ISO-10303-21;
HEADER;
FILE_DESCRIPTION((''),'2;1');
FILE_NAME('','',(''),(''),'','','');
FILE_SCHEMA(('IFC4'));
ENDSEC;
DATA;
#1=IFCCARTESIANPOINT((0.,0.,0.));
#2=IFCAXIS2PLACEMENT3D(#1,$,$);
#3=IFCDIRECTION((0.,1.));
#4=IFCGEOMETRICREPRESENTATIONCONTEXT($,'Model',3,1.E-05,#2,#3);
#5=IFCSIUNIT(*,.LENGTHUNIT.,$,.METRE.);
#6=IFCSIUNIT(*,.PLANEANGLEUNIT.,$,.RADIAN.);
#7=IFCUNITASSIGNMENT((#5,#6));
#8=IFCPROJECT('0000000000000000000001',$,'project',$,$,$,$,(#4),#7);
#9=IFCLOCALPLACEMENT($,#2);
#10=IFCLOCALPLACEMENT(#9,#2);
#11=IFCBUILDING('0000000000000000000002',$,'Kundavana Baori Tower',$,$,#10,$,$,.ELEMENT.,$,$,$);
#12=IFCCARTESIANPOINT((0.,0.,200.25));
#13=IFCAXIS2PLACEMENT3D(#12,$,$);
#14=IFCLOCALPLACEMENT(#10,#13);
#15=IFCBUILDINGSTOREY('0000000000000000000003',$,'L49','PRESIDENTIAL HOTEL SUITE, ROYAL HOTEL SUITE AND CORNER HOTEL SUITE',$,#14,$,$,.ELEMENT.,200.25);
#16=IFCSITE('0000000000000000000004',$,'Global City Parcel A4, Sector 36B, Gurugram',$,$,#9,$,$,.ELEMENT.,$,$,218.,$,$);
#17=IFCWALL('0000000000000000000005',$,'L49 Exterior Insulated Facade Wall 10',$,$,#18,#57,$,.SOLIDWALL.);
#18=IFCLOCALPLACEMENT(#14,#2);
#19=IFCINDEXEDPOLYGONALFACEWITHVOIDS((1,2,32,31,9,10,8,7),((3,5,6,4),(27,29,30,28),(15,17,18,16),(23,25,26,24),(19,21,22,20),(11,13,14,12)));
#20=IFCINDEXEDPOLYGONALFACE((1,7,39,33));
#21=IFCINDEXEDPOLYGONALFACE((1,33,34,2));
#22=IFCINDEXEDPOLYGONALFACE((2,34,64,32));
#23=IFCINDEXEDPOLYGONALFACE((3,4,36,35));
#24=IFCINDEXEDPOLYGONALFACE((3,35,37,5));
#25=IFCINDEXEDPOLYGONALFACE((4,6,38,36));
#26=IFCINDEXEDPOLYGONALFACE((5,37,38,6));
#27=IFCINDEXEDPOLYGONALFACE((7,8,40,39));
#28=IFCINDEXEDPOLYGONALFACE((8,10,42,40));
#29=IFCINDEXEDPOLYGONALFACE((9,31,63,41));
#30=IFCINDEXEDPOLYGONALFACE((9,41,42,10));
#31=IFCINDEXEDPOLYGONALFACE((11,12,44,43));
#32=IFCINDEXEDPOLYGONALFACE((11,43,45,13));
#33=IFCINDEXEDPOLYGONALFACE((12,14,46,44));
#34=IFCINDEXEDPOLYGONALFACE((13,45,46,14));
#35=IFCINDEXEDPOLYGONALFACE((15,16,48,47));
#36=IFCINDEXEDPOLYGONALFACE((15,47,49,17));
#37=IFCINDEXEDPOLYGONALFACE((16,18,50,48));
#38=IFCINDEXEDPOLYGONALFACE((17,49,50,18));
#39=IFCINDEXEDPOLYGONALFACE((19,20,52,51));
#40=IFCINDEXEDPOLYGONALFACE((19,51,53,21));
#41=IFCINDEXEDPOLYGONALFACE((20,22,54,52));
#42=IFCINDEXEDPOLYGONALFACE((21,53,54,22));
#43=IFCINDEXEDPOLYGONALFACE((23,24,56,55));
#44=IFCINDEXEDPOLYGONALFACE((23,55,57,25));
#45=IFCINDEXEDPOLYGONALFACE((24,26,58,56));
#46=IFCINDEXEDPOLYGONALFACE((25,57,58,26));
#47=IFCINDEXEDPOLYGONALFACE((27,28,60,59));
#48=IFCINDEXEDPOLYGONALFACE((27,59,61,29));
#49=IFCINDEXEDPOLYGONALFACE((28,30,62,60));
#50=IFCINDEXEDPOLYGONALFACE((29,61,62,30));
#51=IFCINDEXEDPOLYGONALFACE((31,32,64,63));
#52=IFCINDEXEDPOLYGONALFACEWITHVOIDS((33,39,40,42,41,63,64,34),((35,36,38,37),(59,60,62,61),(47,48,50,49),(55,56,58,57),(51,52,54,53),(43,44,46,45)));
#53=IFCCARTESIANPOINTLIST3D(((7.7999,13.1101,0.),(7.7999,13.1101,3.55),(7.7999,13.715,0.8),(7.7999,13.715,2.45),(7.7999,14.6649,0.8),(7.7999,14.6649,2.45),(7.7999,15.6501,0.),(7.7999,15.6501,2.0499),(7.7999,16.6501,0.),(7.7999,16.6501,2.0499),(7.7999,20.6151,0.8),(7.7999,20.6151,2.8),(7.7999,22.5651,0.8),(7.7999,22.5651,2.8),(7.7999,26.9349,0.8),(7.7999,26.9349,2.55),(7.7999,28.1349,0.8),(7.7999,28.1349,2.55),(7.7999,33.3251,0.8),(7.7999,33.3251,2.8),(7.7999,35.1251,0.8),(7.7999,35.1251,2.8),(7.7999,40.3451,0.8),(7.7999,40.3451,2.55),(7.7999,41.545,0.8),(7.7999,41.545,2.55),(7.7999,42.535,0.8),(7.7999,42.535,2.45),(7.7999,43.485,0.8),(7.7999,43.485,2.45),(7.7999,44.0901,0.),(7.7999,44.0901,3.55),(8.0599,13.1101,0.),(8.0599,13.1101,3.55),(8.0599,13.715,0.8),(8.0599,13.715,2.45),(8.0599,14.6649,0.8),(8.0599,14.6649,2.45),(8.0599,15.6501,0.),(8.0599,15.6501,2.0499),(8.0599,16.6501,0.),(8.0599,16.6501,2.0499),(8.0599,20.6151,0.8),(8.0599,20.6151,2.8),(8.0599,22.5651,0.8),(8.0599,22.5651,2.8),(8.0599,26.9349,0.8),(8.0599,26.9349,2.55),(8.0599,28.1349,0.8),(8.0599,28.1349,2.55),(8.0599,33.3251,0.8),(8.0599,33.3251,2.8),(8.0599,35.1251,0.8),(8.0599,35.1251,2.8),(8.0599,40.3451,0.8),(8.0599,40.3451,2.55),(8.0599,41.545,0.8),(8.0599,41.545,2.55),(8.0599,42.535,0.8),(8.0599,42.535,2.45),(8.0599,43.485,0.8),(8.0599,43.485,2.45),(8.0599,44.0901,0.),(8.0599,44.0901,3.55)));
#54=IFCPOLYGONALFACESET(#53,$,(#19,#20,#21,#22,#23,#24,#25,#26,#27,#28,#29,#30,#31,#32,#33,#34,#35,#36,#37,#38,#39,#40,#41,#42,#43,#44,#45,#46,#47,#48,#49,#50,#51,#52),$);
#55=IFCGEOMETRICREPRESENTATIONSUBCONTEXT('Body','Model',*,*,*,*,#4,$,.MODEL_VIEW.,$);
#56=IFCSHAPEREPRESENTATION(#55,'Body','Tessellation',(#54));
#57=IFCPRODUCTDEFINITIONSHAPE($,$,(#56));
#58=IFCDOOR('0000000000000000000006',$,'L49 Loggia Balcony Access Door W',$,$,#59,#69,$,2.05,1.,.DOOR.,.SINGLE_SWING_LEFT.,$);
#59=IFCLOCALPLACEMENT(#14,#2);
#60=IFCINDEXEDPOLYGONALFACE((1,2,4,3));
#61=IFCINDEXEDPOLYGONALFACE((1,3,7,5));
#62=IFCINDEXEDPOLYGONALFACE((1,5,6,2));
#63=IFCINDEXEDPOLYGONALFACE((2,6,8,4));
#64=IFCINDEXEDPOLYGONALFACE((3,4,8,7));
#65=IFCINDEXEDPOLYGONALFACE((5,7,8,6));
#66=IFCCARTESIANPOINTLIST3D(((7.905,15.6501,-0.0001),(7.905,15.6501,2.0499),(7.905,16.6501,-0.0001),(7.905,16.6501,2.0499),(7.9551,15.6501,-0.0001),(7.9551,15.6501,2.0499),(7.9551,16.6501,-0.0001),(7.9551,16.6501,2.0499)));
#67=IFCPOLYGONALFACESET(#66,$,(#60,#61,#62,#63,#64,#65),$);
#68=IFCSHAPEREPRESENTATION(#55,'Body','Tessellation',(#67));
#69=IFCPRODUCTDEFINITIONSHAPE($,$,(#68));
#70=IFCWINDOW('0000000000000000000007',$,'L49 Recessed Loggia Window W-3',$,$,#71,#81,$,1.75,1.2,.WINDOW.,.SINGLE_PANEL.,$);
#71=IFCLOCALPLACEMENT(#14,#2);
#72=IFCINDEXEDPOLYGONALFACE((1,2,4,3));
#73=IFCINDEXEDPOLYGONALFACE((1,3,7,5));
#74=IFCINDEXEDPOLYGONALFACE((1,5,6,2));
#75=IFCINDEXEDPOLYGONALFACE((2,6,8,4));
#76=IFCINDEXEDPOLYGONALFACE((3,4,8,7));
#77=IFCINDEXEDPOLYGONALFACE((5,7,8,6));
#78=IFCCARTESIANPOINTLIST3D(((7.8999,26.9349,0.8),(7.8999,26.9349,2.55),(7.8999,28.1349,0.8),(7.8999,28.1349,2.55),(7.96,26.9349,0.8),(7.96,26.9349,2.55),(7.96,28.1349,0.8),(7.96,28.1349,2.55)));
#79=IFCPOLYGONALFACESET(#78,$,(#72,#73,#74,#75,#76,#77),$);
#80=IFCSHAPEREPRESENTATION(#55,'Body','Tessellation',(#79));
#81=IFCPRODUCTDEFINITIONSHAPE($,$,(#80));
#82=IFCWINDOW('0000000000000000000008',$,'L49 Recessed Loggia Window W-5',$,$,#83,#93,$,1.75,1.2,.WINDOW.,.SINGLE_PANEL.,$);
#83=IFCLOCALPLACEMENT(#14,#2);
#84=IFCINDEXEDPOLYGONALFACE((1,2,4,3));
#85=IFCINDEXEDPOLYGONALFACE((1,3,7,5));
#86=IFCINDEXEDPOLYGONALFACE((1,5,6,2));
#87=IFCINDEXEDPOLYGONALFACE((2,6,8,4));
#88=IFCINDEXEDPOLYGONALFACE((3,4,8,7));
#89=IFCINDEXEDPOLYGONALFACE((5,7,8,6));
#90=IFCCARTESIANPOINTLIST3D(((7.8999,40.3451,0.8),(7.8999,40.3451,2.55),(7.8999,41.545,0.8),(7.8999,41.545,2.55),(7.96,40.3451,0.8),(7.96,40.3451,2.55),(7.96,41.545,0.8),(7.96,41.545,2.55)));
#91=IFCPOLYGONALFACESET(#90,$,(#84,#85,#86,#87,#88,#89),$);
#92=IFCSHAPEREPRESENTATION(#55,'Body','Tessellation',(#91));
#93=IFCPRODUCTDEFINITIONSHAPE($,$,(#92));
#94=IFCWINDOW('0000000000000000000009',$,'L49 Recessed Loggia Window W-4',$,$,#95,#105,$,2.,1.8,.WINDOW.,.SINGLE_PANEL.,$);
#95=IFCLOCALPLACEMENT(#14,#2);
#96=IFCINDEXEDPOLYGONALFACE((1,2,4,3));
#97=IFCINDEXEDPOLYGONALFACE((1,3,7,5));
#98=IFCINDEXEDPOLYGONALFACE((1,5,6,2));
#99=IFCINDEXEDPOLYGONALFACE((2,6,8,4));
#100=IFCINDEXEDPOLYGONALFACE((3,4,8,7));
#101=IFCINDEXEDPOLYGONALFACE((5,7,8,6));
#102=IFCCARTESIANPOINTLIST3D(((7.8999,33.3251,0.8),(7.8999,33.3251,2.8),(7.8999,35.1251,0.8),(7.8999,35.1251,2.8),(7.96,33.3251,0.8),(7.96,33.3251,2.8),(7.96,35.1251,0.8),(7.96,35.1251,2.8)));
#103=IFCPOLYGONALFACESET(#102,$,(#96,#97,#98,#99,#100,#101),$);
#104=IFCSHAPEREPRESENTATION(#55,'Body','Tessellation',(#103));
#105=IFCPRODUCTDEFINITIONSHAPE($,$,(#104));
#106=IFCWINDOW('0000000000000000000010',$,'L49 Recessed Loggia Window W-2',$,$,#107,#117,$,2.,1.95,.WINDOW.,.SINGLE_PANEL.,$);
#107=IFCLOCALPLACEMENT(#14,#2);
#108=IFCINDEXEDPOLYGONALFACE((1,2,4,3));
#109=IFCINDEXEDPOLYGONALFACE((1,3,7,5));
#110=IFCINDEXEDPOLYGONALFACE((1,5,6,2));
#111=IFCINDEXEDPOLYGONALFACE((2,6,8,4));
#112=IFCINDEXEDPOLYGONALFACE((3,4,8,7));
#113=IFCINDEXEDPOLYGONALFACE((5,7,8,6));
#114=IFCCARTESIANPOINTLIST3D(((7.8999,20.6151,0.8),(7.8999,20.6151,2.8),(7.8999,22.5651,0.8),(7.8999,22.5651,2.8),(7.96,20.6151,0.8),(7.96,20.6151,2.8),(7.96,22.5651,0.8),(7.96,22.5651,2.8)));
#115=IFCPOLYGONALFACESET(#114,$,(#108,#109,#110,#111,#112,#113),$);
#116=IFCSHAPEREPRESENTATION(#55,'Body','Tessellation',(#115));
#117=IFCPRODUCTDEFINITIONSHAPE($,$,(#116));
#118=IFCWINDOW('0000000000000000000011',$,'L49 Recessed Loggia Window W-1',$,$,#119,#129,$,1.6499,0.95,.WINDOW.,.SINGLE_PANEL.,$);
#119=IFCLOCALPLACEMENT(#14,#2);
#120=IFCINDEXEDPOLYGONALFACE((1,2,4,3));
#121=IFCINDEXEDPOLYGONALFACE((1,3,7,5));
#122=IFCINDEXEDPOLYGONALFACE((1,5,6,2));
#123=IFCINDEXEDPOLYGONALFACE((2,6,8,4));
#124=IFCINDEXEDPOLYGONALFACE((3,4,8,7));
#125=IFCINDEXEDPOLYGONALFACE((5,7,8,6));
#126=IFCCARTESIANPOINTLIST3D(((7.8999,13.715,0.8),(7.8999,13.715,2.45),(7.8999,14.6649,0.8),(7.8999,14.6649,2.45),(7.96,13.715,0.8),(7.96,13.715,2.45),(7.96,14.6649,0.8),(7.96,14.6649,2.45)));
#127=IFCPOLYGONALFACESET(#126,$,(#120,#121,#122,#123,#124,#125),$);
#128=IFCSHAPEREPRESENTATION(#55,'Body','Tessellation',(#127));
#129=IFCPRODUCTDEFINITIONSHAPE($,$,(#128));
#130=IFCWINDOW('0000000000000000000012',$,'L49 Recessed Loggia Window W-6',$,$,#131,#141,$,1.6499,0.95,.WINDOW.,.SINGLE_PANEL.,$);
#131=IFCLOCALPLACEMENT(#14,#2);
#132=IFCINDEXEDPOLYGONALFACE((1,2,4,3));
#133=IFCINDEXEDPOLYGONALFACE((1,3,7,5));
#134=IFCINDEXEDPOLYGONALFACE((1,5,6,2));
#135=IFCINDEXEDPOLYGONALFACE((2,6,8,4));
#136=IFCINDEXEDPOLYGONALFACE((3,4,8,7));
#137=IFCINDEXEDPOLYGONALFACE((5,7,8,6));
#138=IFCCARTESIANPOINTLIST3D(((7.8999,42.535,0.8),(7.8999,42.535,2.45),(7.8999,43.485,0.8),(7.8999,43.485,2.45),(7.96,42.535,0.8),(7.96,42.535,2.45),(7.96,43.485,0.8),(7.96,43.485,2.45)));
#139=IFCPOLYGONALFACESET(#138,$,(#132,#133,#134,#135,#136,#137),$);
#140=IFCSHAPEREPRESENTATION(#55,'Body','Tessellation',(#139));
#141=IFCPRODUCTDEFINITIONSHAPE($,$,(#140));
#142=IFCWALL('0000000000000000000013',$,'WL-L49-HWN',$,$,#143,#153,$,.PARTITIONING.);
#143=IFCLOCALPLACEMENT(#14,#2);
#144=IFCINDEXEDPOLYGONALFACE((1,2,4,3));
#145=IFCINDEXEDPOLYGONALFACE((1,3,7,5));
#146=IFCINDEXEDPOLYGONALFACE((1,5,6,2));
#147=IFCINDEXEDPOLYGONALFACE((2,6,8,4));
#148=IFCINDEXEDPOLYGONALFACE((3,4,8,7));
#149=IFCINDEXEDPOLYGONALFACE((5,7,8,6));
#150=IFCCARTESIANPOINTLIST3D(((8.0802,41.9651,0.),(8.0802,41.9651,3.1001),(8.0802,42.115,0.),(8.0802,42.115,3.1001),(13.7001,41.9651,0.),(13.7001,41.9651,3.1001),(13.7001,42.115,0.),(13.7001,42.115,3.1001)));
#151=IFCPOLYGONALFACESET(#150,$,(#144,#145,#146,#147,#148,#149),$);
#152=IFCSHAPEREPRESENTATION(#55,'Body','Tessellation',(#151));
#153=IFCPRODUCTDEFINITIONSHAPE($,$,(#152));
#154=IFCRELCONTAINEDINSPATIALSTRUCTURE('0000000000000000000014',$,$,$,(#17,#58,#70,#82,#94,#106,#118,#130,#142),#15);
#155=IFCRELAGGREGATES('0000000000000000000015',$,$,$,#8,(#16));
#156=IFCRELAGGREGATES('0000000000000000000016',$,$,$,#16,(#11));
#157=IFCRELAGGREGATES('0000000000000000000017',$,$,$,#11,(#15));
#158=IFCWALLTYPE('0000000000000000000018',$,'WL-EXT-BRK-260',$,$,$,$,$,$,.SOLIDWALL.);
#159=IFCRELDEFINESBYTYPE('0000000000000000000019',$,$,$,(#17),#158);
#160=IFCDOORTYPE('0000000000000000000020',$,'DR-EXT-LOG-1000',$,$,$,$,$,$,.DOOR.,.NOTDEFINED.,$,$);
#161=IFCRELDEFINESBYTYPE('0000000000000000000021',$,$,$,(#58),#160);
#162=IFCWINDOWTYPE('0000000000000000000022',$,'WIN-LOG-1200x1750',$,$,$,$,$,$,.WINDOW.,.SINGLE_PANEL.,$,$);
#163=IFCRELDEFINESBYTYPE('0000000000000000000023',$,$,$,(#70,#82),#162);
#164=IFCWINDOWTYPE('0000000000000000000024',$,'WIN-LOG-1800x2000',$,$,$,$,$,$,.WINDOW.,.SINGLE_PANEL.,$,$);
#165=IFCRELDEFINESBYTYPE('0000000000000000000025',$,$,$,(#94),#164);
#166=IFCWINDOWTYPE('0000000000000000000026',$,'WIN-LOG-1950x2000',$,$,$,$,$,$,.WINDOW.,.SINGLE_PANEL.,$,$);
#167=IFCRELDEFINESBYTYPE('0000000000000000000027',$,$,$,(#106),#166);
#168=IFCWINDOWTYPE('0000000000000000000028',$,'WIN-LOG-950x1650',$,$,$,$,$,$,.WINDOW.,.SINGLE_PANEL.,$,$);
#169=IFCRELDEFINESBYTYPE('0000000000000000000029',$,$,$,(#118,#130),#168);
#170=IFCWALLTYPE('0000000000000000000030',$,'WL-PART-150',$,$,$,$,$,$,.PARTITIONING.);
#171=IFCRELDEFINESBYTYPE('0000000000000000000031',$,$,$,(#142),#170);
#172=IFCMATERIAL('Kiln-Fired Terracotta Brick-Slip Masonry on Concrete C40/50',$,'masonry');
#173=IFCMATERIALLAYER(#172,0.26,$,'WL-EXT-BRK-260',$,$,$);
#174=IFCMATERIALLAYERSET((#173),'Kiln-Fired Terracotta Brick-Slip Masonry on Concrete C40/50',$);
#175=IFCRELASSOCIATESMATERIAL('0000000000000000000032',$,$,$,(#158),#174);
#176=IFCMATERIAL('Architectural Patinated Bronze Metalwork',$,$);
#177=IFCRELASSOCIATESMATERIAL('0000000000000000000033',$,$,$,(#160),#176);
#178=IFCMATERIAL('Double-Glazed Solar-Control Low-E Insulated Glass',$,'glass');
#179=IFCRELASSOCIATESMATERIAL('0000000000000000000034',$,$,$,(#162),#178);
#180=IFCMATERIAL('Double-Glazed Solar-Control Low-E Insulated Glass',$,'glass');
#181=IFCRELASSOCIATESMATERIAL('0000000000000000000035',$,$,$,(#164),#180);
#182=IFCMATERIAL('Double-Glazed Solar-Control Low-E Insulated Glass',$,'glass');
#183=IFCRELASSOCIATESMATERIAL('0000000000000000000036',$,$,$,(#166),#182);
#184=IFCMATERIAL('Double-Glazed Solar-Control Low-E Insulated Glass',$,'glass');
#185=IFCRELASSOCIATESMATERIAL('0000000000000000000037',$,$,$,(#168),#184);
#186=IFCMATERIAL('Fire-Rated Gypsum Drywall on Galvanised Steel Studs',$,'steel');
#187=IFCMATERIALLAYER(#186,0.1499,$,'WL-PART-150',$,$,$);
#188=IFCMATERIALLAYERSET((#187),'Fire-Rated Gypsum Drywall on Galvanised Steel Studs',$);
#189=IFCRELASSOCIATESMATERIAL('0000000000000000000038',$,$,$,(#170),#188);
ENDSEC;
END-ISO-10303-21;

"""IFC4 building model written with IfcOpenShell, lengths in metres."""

from ifc_helpers import new_model, si_unit, direction, frame, frame_2d, origin, place, context, subcontext, project, spatial, rectangle, extrude, material, layer, layer_set, type_object, element, fill, save


model = new_model("IFC4")

# Units and contexts
model_context = context("Model", 3, precision=1e-05, world=origin(), true_north=direction((0.0, 1.0)))
body_context = subcontext(model_context, "Body", "Model", "MODEL_VIEW")
ifc_project = project(units=[si_unit("LENGTHUNIT", "METRE"), si_unit("PLANEANGLEUNIT", "RADIAN")], contexts=[model_context])

# Site, building, storey
site_placement = place(None, origin())
site = spatial("IfcSite", under=ifc_project, at=site_placement, Name="Global City Parcel A4, Sector 36B, Gurugram", CompositionType="ELEMENT", RefElevation=218.0)
building_placement = place(site_placement, origin())
building = spatial("IfcBuilding", under=site, at=building_placement, Name="Kundavana Baori Tower", CompositionType="ELEMENT")
storey_placement = place(building_placement, frame((0.0, 0.0, 200.25)))
storey = spatial("IfcBuildingStorey", under=building, at=storey_placement, Name="L49", Description="PRESIDENTIAL HOTEL SUITE, ROYAL HOTEL SUITE AND CORNER HOTEL SUITE", CompositionType="ELEMENT", Elevation=200.25)

# Shared definitions
ifc_material_1 = material(Name="Kiln-Fired Terracotta Brick-Slip Masonry on Concrete C40/50", Category="masonry")
ifc_layer_1 = layer(ifc_material_1, 0.26, Name="WL-EXT-BRK-260")
ifc_layer_set_1 = layer_set([ifc_layer_1], Name="Kiln-Fired Terracotta Brick-Slip Masonry on Concrete C40/50")
wall_type_1 = type_object("IfcWallType", Name="WL-EXT-BRK-260", PredefinedType="SOLIDWALL", material=ifc_layer_set_1)

# Wall, openings, door, windows
wall_1_placement = place(storey_placement, frame((7.9299, 44.0901, 0.0), z_axis=(0.0, 0.0, 1.0), x_axis=(0.0, -1.0, 0.0)))
wall_1 = element("IfcWall", 1, at=wall_1_placement, inside=storey, type_object=wall_type_1, Name="L49 Exterior Insulated Facade Wall 10", PredefinedType="SOLIDWALL", context=body_context, shape_type="SweptSolid", body=[
    extrude(rectangle(XDim=30.98, YDim=0.26, at=frame_2d((15.49, 0.0))), origin(), (0.0, 0.0, 1.0), 3.55),
])
opening_1_placement = place(wall_1_placement, frame((29.425, 0.0, 0.8)))
opening_1 = element("IfcOpeningElement", 2, at=opening_1_placement, cuts=wall_1, PredefinedType="OPENING", context=body_context, shape_type="SweptSolid", body=[
    extrude(rectangle(XDim=0.95, YDim=1.6499, at=frame_2d((0.4751, 0.825))), frame((0.0, 0.1401, 0.0), z_axis=(0.0, -1.0, 0.0), x_axis=(1.0, 0.0, 0.0)), (0.0, 0.0, 1.0), 0.28),
])
opening_2_placement = place(wall_1_placement, frame((27.4399, 0.0, 0.0)))
opening_2 = element("IfcOpeningElement", 3, at=opening_2_placement, cuts=wall_1, PredefinedType="OPENING", context=body_context, shape_type="SweptSolid", body=[
    extrude(rectangle(XDim=1.0, YDim=2.05, at=frame_2d((0.5, 1.0249))), frame((0.0, 0.1401, 0.0), z_axis=(0.0, -1.0, 0.0), x_axis=(1.0, 0.0, 0.0)), (0.0, 0.0, 1.0), 0.28),
])
opening_3_placement = place(wall_1_placement, frame((21.5249, 0.0, 0.8)))
opening_3 = element("IfcOpeningElement", 4, at=opening_3_placement, cuts=wall_1, PredefinedType="OPENING", context=body_context, shape_type="SweptSolid", body=[
    extrude(rectangle(XDim=1.95, YDim=2.0, at=frame_2d((0.9751, 1.0))), frame((0.0, 0.1401, 0.0), z_axis=(0.0, -1.0, 0.0), x_axis=(1.0, 0.0, 0.0)), (0.0, 0.0, 1.0), 0.28),
])
opening_4_placement = place(wall_1_placement, frame((15.9551, 0.0, 0.8)))
opening_4 = element("IfcOpeningElement", 5, at=opening_4_placement, cuts=wall_1, PredefinedType="OPENING", context=body_context, shape_type="SweptSolid", body=[
    extrude(rectangle(XDim=1.2, YDim=1.75, at=frame_2d((0.6001, 0.875))), frame((0.0, 0.1401, 0.0), z_axis=(0.0, -1.0, 0.0), x_axis=(1.0, 0.0, 0.0)), (0.0, 0.0, 1.0), 0.28),
])
opening_5_placement = place(wall_1_placement, frame((8.9651, 0.0, 0.8)))
opening_5 = element("IfcOpeningElement", 6, at=opening_5_placement, cuts=wall_1, PredefinedType="OPENING", context=body_context, shape_type="SweptSolid", body=[
    extrude(rectangle(XDim=1.8, YDim=2.0, at=frame_2d((0.8999, 1.0))), frame((0.0, 0.1401, 0.0), z_axis=(0.0, -1.0, 0.0), x_axis=(1.0, 0.0, 0.0)), (0.0, 0.0, 1.0), 0.28),
])
opening_6_placement = place(wall_1_placement, frame((2.5449, 0.0, 0.8)))
opening_6 = element("IfcOpeningElement", 7, at=opening_6_placement, cuts=wall_1, PredefinedType="OPENING", context=body_context, shape_type="SweptSolid", body=[
    extrude(rectangle(XDim=1.2, YDim=1.75, at=frame_2d((0.6001, 0.875))), frame((0.0, 0.1401, 0.0), z_axis=(0.0, -1.0, 0.0), x_axis=(1.0, 0.0, 0.0)), (0.0, 0.0, 1.0), 0.28),
])
opening_7_placement = place(wall_1_placement, frame((0.605, 0.0, 0.8)))
opening_7 = element("IfcOpeningElement", 8, at=opening_7_placement, cuts=wall_1, PredefinedType="OPENING", context=body_context, shape_type="SweptSolid", body=[
    extrude(rectangle(XDim=0.95, YDim=1.6499, at=frame_2d((0.4751, 0.825))), frame((0.0, 0.1401, 0.0), z_axis=(0.0, -1.0, 0.0), x_axis=(1.0, 0.0, 0.0)), (0.0, 0.0, 1.0), 0.28),
])
ifc_material_2 = material(Name="Architectural Patinated Bronze Metalwork")
door_type_1 = type_object("IfcDoorType", Name="DR-EXT-LOG-1000", OperationType="NOTDEFINED", PredefinedType="DOOR", material=ifc_material_2)
door_1_placement = place(opening_2_placement, frame((1.0, 0.0, 0.0), z_axis=(0.0, 0.0, 1.0), x_axis=(-1.0, 0.0, 0.0)))
door_1 = element("IfcDoor", 9, at=door_1_placement, inside=storey, type_object=door_type_1, Name="L49 Loggia Balcony Access Door W", OperationType="SINGLE_SWING_LEFT", OverallHeight=2.05, OverallWidth=1.0, PredefinedType="DOOR", context=body_context, shape_type="SweptSolid", body=[
    extrude(rectangle(XDim=1.0, YDim=2.05, at=frame_2d((0.5, 1.0249))), frame((0.0, 0.0249, 0.0), z_axis=(0.0, -1.0, 0.0), x_axis=(1.0, 0.0, 0.0)), (0.0, 0.0, 1.0), 0.05),
])
fill(opening_2, door_1)
ifc_material_3 = material(Name="Double-Glazed Solar-Control Low-E Insulated Glass", Category="glass")
window_type_1 = type_object("IfcWindowType", Name="WIN-LOG-1200x1750", PartitioningType="SINGLE_PANEL", PredefinedType="WINDOW", material=ifc_material_3)
window_1_placement = place(opening_4_placement, origin())
window_1 = element("IfcWindow", 10, at=window_1_placement, inside=storey, type_object=window_type_1, Name="L49 Recessed Loggia Window W-3", OverallHeight=1.75, OverallWidth=1.2, PartitioningType="SINGLE_PANEL", PredefinedType="WINDOW", context=body_context, shape_type="SweptSolid", body=[
    extrude(rectangle(XDim=1.2, YDim=1.75, at=frame_2d((0.6001, 0.875))), frame((0.0, 0.03, 0.0), z_axis=(0.0, -1.0, 0.0), x_axis=(1.0, 0.0, 0.0)), (0.0, 0.0, 1.0), 0.0601),
])
fill(opening_4, window_1)
window_2_placement = place(opening_6_placement, origin())
window_2 = element("IfcWindow", 11, at=window_2_placement, inside=storey, type_object=window_type_1, Name="L49 Recessed Loggia Window W-5", OverallHeight=1.75, OverallWidth=1.2, PartitioningType="SINGLE_PANEL", PredefinedType="WINDOW", context=body_context, shape_type="SweptSolid", body=[
    extrude(rectangle(XDim=1.2, YDim=1.75, at=frame_2d((0.6001, 0.875))), frame((0.0, 0.03, 0.0), z_axis=(0.0, -1.0, 0.0), x_axis=(1.0, 0.0, 0.0)), (0.0, 0.0, 1.0), 0.0601),
])
fill(opening_6, window_2)
ifc_material_4 = material(Name="Double-Glazed Solar-Control Low-E Insulated Glass", Category="glass")
window_type_2 = type_object("IfcWindowType", Name="WIN-LOG-1800x2000", PartitioningType="SINGLE_PANEL", PredefinedType="WINDOW", material=ifc_material_4)
window_3_placement = place(opening_5_placement, origin())
window_3 = element("IfcWindow", 12, at=window_3_placement, inside=storey, type_object=window_type_2, Name="L49 Recessed Loggia Window W-4", OverallHeight=2.0, OverallWidth=1.8, PartitioningType="SINGLE_PANEL", PredefinedType="WINDOW", context=body_context, shape_type="SweptSolid", body=[
    extrude(rectangle(XDim=1.8, YDim=2.0, at=frame_2d((0.8999, 1.0))), frame((0.0, 0.03, 0.0), z_axis=(0.0, -1.0, 0.0), x_axis=(1.0, 0.0, 0.0)), (0.0, 0.0, 1.0), 0.0601),
])
fill(opening_5, window_3)
ifc_material_5 = material(Name="Double-Glazed Solar-Control Low-E Insulated Glass", Category="glass")
window_type_3 = type_object("IfcWindowType", Name="WIN-LOG-1950x2000", PartitioningType="SINGLE_PANEL", PredefinedType="WINDOW", material=ifc_material_5)
window_4_placement = place(opening_3_placement, origin())
window_4 = element("IfcWindow", 13, at=window_4_placement, inside=storey, type_object=window_type_3, Name="L49 Recessed Loggia Window W-2", OverallHeight=2.0, OverallWidth=1.95, PartitioningType="SINGLE_PANEL", PredefinedType="WINDOW", context=body_context, shape_type="SweptSolid", body=[
    extrude(rectangle(XDim=1.95, YDim=2.0, at=frame_2d((0.9751, 1.0))), frame((0.0, 0.03, 0.0), z_axis=(0.0, -1.0, 0.0), x_axis=(1.0, 0.0, 0.0)), (0.0, 0.0, 1.0), 0.0601),
])
fill(opening_3, window_4)
ifc_material_6 = material(Name="Double-Glazed Solar-Control Low-E Insulated Glass", Category="glass")
window_type_4 = type_object("IfcWindowType", Name="WIN-LOG-950x1650", PartitioningType="SINGLE_PANEL", PredefinedType="WINDOW", material=ifc_material_6)
window_5_placement = place(opening_1_placement, origin())
window_5 = element("IfcWindow", 14, at=window_5_placement, inside=storey, type_object=window_type_4, Name="L49 Recessed Loggia Window W-1", OverallHeight=1.6499, OverallWidth=0.95, PartitioningType="SINGLE_PANEL", PredefinedType="WINDOW", context=body_context, shape_type="SweptSolid", body=[
    extrude(rectangle(XDim=0.95, YDim=1.6499, at=frame_2d((0.4751, 0.825))), frame((0.0, 0.03, 0.0), z_axis=(0.0, -1.0, 0.0), x_axis=(1.0, 0.0, 0.0)), (0.0, 0.0, 1.0), 0.0601),
])
fill(opening_1, window_5)
window_6_placement = place(opening_7_placement, origin())
window_6 = element("IfcWindow", 15, at=window_6_placement, inside=storey, type_object=window_type_4, Name="L49 Recessed Loggia Window W-6", OverallHeight=1.6499, OverallWidth=0.95, PartitioningType="SINGLE_PANEL", PredefinedType="WINDOW", context=body_context, shape_type="SweptSolid", body=[
    extrude(rectangle(XDim=0.95, YDim=1.6499, at=frame_2d((0.4751, 0.825))), frame((0.0, 0.03, 0.0), z_axis=(0.0, -1.0, 0.0), x_axis=(1.0, 0.0, 0.0)), (0.0, 0.0, 1.0), 0.0601),
])
fill(opening_7, window_6)

# Wall
ifc_material_7 = material(Name="Fire-Rated Gypsum Drywall on Galvanised Steel Studs", Category="steel")
ifc_layer_2 = layer(ifc_material_7, 0.1499, Name="WL-PART-150")
ifc_layer_set_2 = layer_set([ifc_layer_2], Name="Fire-Rated Gypsum Drywall on Galvanised Steel Studs")
wall_type_2 = type_object("IfcWallType", Name="WL-PART-150", PredefinedType="PARTITIONING", material=ifc_layer_set_2)
wall_2_placement = place(storey_placement, frame((8.0801, 42.04, 0.0), z_axis=(0.0, 0.0, 1.0), x_axis=(1.0, 0.0, 0.0)))
element("IfcWall", 16, at=wall_2_placement, inside=storey, type_object=wall_type_2, Name="WL-L49-HWN", PredefinedType="PARTITIONING", context=body_context, shape_type="SweptSolid", body=[
    extrude(rectangle(XDim=5.6199, YDim=0.1499, at=frame_2d((2.8101, 0.0))), origin(), (0.0, 0.0, 1.0), 3.1001),
])

save(model, "model.ifc")
